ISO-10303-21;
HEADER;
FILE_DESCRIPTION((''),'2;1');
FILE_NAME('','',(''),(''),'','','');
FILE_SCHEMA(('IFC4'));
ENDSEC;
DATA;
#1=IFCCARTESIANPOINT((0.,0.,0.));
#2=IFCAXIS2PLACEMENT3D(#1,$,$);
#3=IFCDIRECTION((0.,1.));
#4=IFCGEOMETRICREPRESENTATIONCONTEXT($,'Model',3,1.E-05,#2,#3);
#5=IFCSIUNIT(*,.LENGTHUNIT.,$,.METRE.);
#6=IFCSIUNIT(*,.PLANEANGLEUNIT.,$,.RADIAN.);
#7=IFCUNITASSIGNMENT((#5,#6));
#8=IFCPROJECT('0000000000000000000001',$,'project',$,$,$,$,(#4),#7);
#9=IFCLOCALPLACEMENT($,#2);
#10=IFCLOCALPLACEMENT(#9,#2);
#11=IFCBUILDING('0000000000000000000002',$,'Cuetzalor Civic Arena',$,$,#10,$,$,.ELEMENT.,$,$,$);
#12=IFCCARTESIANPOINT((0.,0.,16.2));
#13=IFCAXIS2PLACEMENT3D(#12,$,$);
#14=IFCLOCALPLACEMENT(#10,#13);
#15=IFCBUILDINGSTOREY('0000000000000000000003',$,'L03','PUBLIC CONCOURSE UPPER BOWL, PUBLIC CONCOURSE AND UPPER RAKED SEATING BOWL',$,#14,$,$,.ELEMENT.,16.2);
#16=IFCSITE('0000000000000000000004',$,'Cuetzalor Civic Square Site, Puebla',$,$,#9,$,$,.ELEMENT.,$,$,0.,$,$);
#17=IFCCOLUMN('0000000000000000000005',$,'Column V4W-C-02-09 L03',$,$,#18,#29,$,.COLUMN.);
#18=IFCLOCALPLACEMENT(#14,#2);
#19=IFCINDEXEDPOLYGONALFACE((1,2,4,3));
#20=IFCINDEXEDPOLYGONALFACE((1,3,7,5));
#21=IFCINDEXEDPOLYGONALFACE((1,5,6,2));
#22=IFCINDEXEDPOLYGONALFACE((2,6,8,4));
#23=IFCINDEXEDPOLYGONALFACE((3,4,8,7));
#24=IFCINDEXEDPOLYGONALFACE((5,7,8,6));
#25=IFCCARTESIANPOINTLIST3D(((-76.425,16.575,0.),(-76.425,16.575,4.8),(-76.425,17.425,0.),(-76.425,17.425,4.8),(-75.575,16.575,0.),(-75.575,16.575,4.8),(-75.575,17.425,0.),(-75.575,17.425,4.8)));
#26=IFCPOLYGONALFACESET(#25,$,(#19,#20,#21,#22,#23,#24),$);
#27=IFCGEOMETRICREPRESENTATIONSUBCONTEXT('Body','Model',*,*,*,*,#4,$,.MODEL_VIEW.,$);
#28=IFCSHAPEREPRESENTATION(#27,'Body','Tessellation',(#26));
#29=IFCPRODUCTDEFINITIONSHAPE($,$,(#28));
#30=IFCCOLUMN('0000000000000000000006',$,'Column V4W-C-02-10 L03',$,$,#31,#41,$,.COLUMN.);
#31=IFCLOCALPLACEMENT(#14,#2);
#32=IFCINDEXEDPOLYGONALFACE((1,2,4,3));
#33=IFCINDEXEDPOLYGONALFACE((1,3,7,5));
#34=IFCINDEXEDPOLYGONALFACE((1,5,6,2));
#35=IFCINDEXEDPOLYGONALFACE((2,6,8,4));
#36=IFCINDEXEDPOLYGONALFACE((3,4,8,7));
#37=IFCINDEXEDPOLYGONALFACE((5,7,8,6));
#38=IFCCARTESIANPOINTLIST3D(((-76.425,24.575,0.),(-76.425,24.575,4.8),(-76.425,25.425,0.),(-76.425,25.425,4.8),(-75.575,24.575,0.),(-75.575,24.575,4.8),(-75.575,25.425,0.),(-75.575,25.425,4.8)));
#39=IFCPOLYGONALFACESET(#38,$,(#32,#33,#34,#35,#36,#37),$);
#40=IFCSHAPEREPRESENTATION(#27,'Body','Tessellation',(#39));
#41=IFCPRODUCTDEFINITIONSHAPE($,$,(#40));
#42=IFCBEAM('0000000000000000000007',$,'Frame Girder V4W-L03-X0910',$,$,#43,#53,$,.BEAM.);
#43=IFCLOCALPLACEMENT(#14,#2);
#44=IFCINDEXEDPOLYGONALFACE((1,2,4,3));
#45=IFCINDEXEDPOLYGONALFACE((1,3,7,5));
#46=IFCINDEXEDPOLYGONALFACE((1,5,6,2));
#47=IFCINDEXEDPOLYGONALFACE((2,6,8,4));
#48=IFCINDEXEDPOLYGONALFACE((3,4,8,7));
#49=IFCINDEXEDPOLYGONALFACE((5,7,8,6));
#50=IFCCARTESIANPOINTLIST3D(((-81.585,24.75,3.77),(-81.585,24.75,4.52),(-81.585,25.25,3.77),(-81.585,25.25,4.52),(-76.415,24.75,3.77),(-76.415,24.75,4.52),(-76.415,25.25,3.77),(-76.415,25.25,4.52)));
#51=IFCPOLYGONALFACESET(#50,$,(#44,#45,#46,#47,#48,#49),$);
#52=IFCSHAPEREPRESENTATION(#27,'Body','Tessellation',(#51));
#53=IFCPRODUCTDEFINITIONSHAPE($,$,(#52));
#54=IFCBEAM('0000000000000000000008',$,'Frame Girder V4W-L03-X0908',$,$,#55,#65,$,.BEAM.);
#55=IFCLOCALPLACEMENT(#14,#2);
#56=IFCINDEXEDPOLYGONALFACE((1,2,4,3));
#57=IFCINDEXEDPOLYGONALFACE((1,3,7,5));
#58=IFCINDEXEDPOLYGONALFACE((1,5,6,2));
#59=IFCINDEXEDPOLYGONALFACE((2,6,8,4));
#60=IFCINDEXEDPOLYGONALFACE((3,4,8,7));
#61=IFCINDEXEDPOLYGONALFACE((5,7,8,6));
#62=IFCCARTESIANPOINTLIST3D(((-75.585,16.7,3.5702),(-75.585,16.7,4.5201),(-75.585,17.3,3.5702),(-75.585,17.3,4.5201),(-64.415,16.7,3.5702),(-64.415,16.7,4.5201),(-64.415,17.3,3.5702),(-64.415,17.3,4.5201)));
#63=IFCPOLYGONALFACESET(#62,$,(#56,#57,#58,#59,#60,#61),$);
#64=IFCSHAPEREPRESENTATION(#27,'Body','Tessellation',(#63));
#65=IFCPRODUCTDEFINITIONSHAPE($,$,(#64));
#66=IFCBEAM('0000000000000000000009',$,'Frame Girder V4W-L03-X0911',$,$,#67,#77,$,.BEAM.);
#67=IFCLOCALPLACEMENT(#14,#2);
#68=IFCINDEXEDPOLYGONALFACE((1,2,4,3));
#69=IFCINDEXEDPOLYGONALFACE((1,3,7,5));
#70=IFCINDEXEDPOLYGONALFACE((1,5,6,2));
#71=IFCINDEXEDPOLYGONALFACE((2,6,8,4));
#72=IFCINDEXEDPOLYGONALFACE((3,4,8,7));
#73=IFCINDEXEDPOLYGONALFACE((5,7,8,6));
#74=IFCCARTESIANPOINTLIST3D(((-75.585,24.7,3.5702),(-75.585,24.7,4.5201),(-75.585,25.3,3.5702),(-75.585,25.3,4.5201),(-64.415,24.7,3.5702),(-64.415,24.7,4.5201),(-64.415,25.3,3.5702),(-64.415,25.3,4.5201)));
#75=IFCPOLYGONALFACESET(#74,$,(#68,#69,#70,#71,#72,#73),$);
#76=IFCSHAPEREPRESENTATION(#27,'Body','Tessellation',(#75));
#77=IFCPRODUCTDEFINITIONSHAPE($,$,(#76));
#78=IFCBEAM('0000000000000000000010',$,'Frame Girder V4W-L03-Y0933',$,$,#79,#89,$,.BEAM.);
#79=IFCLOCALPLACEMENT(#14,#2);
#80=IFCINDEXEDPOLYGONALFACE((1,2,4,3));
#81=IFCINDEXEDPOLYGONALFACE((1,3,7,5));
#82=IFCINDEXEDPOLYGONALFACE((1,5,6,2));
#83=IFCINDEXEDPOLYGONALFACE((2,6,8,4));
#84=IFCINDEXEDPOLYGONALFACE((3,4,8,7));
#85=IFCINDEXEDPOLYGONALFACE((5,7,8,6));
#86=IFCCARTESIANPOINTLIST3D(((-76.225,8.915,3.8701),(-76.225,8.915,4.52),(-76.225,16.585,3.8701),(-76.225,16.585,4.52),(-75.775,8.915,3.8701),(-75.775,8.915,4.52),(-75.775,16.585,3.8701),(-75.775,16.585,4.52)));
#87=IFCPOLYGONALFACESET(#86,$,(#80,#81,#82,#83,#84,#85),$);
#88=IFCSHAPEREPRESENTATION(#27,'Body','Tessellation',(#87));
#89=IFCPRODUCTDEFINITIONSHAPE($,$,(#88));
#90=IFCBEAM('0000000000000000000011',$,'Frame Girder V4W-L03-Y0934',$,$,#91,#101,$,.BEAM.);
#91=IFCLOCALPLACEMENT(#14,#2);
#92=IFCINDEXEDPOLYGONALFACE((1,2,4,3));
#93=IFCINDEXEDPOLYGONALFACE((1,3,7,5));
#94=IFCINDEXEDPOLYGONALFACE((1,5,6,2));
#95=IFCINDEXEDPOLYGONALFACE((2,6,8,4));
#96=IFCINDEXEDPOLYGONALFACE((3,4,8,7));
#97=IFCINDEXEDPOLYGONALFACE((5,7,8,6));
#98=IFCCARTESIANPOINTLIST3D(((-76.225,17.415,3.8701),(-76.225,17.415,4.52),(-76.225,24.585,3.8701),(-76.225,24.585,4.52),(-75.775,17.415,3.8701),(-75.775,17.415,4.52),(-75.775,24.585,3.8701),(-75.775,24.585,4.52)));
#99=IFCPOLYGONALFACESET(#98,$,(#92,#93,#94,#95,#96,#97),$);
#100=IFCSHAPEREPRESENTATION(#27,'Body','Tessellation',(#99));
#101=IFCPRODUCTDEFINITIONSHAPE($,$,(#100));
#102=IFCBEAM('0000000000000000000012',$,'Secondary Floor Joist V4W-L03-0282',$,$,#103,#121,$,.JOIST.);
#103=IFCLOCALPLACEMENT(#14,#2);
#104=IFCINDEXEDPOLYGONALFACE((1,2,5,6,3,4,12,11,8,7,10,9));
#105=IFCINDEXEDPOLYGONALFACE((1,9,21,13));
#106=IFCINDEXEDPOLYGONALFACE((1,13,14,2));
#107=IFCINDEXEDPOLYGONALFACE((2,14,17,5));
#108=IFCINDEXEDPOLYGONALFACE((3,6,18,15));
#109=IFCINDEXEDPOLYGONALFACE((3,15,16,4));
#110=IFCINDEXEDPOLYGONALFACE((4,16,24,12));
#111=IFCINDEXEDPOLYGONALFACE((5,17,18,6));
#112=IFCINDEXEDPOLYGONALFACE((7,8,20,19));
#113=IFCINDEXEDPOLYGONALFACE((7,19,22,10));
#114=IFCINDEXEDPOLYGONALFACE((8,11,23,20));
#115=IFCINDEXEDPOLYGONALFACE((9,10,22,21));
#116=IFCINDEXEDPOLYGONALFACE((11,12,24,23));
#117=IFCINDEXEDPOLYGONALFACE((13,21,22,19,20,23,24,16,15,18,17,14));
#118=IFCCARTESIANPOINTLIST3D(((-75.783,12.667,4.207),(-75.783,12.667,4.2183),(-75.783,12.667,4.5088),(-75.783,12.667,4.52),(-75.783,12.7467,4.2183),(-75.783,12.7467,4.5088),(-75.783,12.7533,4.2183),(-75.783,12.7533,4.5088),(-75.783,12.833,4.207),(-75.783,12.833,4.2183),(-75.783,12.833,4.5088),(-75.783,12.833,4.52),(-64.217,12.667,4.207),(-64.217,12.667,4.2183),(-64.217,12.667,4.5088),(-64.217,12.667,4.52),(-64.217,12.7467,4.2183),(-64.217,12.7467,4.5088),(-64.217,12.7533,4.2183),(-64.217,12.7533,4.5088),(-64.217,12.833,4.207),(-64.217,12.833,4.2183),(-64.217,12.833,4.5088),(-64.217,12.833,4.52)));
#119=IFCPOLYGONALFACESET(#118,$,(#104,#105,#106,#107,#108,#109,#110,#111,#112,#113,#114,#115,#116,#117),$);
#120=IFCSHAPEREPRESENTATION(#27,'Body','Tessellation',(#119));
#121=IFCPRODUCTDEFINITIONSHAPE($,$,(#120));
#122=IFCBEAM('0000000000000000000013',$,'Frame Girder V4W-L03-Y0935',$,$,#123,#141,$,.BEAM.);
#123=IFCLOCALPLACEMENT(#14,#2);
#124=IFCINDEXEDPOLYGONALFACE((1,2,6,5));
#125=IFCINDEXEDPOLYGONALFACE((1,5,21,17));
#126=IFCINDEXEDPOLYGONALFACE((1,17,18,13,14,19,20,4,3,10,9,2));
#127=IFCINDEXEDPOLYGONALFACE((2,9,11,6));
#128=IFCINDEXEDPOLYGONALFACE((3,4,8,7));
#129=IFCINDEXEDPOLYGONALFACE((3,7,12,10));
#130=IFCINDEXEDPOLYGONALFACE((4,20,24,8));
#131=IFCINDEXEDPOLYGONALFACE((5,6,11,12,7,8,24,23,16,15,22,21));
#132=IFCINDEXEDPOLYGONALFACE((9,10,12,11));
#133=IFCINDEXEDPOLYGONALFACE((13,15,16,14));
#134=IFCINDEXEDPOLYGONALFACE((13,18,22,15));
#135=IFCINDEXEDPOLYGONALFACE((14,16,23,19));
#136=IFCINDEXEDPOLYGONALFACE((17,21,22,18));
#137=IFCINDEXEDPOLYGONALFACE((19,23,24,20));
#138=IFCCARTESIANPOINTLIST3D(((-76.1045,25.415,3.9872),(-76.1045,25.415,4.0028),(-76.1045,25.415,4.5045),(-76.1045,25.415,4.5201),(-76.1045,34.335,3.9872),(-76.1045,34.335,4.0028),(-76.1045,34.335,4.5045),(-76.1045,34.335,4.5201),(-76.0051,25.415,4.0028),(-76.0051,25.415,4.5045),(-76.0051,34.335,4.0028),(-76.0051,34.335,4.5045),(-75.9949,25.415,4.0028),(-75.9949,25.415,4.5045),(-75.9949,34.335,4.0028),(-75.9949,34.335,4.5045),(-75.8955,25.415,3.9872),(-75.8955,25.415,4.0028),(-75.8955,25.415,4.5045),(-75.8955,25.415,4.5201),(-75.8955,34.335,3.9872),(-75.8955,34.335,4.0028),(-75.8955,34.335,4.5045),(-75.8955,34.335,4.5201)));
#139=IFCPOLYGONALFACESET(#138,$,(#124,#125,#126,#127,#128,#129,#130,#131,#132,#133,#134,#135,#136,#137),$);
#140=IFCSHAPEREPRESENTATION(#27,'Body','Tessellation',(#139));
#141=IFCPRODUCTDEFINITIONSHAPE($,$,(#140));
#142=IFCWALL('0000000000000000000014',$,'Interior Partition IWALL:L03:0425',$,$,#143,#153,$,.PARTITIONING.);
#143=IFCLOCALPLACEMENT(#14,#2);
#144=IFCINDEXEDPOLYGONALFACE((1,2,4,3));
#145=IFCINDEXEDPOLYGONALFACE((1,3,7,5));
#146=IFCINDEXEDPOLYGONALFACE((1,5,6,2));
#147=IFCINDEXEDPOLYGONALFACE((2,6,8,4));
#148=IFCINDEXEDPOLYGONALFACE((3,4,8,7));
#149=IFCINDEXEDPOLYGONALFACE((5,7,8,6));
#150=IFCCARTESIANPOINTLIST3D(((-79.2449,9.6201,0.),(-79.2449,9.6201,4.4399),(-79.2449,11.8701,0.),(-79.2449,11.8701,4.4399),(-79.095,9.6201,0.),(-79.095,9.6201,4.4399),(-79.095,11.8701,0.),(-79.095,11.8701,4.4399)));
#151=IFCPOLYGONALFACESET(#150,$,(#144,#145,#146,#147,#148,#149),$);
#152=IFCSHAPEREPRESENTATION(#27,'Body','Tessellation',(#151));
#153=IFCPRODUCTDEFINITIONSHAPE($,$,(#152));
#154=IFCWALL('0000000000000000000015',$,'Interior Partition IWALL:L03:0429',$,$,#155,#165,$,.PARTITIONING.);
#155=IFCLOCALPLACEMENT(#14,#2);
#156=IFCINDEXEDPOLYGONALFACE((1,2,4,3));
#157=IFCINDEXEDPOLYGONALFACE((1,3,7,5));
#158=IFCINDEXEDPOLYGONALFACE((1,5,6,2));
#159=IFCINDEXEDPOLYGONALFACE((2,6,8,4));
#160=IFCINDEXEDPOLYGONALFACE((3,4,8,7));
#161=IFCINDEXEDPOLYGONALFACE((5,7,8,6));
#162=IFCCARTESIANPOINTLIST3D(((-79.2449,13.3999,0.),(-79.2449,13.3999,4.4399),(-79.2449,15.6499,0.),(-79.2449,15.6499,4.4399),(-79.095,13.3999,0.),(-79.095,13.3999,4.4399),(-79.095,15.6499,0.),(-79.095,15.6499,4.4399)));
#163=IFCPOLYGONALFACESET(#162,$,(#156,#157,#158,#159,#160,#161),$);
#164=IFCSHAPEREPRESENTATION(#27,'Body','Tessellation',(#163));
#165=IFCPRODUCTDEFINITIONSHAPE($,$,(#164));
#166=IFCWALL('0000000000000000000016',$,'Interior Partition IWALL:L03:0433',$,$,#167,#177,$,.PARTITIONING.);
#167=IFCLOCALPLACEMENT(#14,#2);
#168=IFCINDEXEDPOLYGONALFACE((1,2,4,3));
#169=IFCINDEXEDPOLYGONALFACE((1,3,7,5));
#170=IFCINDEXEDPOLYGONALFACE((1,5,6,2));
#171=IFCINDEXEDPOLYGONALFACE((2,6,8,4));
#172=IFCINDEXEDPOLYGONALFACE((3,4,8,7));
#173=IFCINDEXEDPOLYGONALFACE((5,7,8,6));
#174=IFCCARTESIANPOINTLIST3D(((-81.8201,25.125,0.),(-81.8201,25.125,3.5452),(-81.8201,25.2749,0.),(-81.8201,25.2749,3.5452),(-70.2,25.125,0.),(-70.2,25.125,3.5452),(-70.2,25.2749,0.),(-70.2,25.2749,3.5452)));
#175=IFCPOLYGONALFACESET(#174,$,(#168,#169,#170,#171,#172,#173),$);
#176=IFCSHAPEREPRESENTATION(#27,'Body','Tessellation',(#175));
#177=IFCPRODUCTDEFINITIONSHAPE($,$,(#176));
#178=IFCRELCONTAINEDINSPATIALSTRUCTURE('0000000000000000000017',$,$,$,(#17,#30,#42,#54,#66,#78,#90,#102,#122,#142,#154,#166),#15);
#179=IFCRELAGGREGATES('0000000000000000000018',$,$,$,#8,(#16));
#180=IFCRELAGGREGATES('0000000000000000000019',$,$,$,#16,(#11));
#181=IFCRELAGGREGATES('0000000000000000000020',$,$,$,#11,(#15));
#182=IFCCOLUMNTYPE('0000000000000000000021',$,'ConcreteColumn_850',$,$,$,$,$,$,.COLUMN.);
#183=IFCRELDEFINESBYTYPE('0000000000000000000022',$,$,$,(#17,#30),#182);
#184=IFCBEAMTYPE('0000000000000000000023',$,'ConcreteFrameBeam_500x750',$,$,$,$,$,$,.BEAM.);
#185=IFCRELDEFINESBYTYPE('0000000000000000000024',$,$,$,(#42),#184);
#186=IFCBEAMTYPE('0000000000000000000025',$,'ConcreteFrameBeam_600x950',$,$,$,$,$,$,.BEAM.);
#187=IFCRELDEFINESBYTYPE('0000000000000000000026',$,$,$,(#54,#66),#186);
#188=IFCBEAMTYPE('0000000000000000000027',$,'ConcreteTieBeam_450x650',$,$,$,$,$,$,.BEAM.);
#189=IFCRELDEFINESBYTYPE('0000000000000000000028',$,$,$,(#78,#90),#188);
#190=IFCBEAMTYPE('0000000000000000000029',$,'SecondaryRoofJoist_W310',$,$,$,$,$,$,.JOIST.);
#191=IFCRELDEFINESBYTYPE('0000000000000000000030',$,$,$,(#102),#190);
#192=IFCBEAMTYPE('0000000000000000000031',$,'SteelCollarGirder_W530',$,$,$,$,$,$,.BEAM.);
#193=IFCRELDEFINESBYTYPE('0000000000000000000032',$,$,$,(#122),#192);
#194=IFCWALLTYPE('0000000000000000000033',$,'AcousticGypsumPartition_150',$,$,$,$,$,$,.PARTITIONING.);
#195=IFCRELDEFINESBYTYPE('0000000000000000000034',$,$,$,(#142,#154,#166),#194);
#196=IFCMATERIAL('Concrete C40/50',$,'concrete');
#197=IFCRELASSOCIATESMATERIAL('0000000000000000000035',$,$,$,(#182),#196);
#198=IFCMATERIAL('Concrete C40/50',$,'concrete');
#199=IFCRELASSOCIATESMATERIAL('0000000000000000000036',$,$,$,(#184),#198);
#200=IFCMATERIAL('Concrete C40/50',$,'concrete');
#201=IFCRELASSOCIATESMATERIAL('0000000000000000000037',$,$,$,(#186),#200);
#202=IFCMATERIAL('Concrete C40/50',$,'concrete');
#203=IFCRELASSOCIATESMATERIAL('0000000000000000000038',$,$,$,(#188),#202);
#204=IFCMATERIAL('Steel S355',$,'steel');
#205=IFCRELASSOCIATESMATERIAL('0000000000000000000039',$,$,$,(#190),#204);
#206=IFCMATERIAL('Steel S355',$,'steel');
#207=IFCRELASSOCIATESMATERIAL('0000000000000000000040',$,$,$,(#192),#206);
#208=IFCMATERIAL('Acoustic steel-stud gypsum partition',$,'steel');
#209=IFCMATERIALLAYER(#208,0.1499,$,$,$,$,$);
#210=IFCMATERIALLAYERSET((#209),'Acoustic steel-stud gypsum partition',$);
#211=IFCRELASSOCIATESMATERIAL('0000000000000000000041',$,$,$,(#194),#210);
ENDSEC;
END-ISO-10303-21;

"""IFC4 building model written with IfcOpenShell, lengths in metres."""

from ifc_helpers import new_model, si_unit, direction, frame, frame_2d, origin, origin_2d, place, context, subcontext, project, spatial, rectangle, i_section, extrude, material, layer, layer_set, material_profile, profile_set, type_object, element, save


model = new_model("IFC4")

# Units and contexts
model_context = context("Model", 3, precision=1e-05, world=origin(), true_north=direction((0.0, 1.0)))
body_context = subcontext(model_context, "Body", "Model", "MODEL_VIEW")
ifc_project = project(units=[si_unit("LENGTHUNIT", "METRE"), si_unit("PLANEANGLEUNIT", "RADIAN")], contexts=[model_context])

# Site, building, storey
site_placement = place(None, origin())
site = spatial("IfcSite", under=ifc_project, at=site_placement, Name="Cuetzalor Civic Square Site, Puebla", CompositionType="ELEMENT", RefElevation=0.0)
building_placement = place(site_placement, origin())
building = spatial("IfcBuilding", under=site, at=building_placement, Name="Cuetzalor Civic Arena", CompositionType="ELEMENT")
storey_placement = place(building_placement, frame((0.0, 0.0, 16.2)))
storey = spatial("IfcBuildingStorey", under=building, at=storey_placement, Name="L03", Description="PUBLIC CONCOURSE UPPER BOWL, PUBLIC CONCOURSE AND UPPER RAKED SEATING BOWL", CompositionType="ELEMENT", Elevation=16.2)

# Columns
ifc_material_1 = material(Name="Concrete C40/50", Category="concrete")
ifc_material_profile_1 = material_profile(ifc_material_1, rectangle(XDim=0.8501, YDim=0.8501, at=origin_2d()), Name="RC 850x850")
ifc_profile_set_1 = profile_set([ifc_material_profile_1], Name="Concrete C40/50")
column_type = type_object("IfcColumnType", Name="ConcreteColumn_850", PredefinedType="COLUMN", material=ifc_profile_set_1)
for number, where, z_axis, x_axis, name in (
    (1, (-76.0, 17.0, 0.0), (0.0, 0.0, 1.0), (1.0, 0.0, 0.0), "Column V4W-C-02-09 L03"),
    (2, (-76.0, 25.0, 0.0), (0.0, 0.0, 1.0), (1.0, 0.0, 0.0), "Column V4W-C-02-10 L03"),
):
    element("IfcColumn", number, at=place(storey_placement, frame(where, z_axis=z_axis, x_axis=x_axis)), inside=storey, type_object=column_type, Name=name, PredefinedType="COLUMN", context=body_context, shape_type="SweptSolid", body=[
        extrude(rectangle(XDim=0.8501, YDim=0.8501, at=origin_2d()), origin(), (0.0, 0.0, 1.0), 4.8),
    ])

# Beams
ifc_material_2 = material(Name="Concrete C40/50", Category="concrete")
ifc_material_profile_2 = material_profile(ifc_material_2, rectangle(XDim=0.5, YDim=0.75, at=origin_2d()), Name="RC 500x750")
ifc_profile_set_2 = profile_set([ifc_material_profile_2], Name="Concrete C40/50")
beam_type_1 = type_object("IfcBeamType", Name="ConcreteFrameBeam_500x750", PredefinedType="BEAM", material=ifc_profile_set_2)
beam_1_placement = place(storey_placement, frame((-81.585, 25.0, 4.145), z_axis=(1.0, 0.0, 0.0), x_axis=(0.0, 1.0, 0.0)))
element("IfcBeam", 3, at=beam_1_placement, inside=storey, type_object=beam_type_1, Name="Frame Girder V4W-L03-X0910", PredefinedType="BEAM", context=body_context, shape_type="SweptSolid", body=[
    extrude(rectangle(XDim=0.5, YDim=0.75, at=origin_2d()), origin(), (0.0, 0.0, 1.0), 5.1699),
])
ifc_material_3 = material(Name="Concrete C40/50", Category="concrete")
ifc_material_profile_3 = material_profile(ifc_material_3, rectangle(XDim=0.6001, YDim=0.95, at=origin_2d()), Name="RC 600x950")
ifc_profile_set_3 = profile_set([ifc_material_profile_3], Name="Concrete C40/50")
beam_type_2 = type_object("IfcBeamType", Name="ConcreteFrameBeam_600x950", PredefinedType="BEAM", material=ifc_profile_set_3)
for number, where, z_axis, x_axis, name in (
    (4, (-75.585, 17.0, 4.0452), (1.0, 0.0, 0.0), (0.0, 1.0, 0.0), "Frame Girder V4W-L03-X0908"),
    (5, (-75.585, 25.0, 4.0452), (1.0, 0.0, 0.0), (0.0, 1.0, 0.0), "Frame Girder V4W-L03-X0911"),
):
    element("IfcBeam", number, at=place(storey_placement, frame(where, z_axis=z_axis, x_axis=x_axis)), inside=storey, type_object=beam_type_2, Name=name, PredefinedType="BEAM", context=body_context, shape_type="SweptSolid", body=[
        extrude(rectangle(XDim=0.6001, YDim=0.95, at=origin_2d()), origin(), (0.0, 0.0, 1.0), 11.1699),
    ])
ifc_material_4 = material(Name="Concrete C40/50", Category="concrete")
ifc_material_profile_4 = material_profile(ifc_material_4, rectangle(XDim=0.45, YDim=0.6499, at=origin_2d()), Name="RC 450x650")
ifc_profile_set_4 = profile_set([ifc_material_profile_4], Name="Concrete C40/50")
beam_type_3 = type_object("IfcBeamType", Name="ConcreteTieBeam_450x650", PredefinedType="BEAM", material=ifc_profile_set_4)
beam_2_placement = place(storey_placement, frame((-76.0, 8.915, 4.1951), z_axis=(0.0, 1.0, 0.0), x_axis=(-1.0, 0.0, 0.0)))
element("IfcBeam", 6, at=beam_2_placement, inside=storey, type_object=beam_type_3, Name="Frame Girder V4W-L03-Y0933", PredefinedType="BEAM", context=body_context, shape_type="SweptSolid", body=[
    extrude(rectangle(XDim=0.45, YDim=0.6499, at=origin_2d()), origin(), (0.0, 0.0, 1.0), 7.6699),
])
beam_3_placement = place(storey_placement, frame((-76.0, 17.415, 4.1951), z_axis=(0.0, 1.0, 0.0), x_axis=(-1.0, 0.0, 0.0)))
element("IfcBeam", 7, at=beam_3_placement, inside=storey, type_object=beam_type_3, Name="Frame Girder V4W-L03-Y0934", PredefinedType="BEAM", context=body_context, shape_type="SweptSolid", body=[
    extrude(rectangle(XDim=0.45, YDim=0.6499, at=origin_2d()), origin(), (0.0, 0.0, 1.0), 7.1699),
])
ifc_material_5 = material(Name="Steel S355", Category="steel")
ifc_material_profile_5 = material_profile(ifc_material_5, i_section(OverallWidth=0.166, OverallDepth=0.313, WebThickness=0.0066, FlangeThickness=0.0112, at=origin_2d()), Name="W310x45")
ifc_profile_set_5 = profile_set([ifc_material_profile_5], Name="Steel S355")
beam_type_4 = type_object("IfcBeamType", Name="SecondaryRoofJoist_W310", PredefinedType="JOIST", material=ifc_profile_set_5)
beam_4_placement = place(storey_placement, frame((-75.783, 12.75, 4.3635), z_axis=(1.0, 0.0, 0.0), x_axis=(0.0, 1.0, 0.0)))
element("IfcBeam", 8, at=beam_4_placement, inside=storey, type_object=beam_type_4, Name="Secondary Floor Joist V4W-L03-0282", PredefinedType="JOIST", context=body_context, shape_type="SweptSolid", body=[
    extrude(i_section(OverallWidth=0.166, OverallDepth=0.313, WebThickness=0.0066, FlangeThickness=0.0112, at=origin_2d()), origin(), (0.0, 0.0, 1.0), 11.5659),
])
ifc_material_6 = material(Name="Steel S355", Category="steel")
ifc_material_profile_6 = material_profile(ifc_material_6, i_section(OverallWidth=0.209, OverallDepth=0.533, WebThickness=0.0103, FlangeThickness=0.0156, at=origin_2d()), Name="W530x92")
ifc_profile_set_6 = profile_set([ifc_material_profile_6], Name="Steel S355")
beam_type_5 = type_object("IfcBeamType", Name="SteelCollarGirder_W530", PredefinedType="BEAM", material=ifc_profile_set_6)
beam_5_placement = place(storey_placement, frame((-76.0, 25.415, 4.2537), z_axis=(0.0, 1.0, 0.0), x_axis=(-1.0, 0.0, 0.0)))
element("IfcBeam", 9, at=beam_5_placement, inside=storey, type_object=beam_type_5, Name="Frame Girder V4W-L03-Y0935", PredefinedType="BEAM", context=body_context, shape_type="SweptSolid", body=[
    extrude(i_section(OverallWidth=0.209, OverallDepth=0.533, WebThickness=0.0103, FlangeThickness=0.0156, at=origin_2d()), origin(), (0.0, 0.0, 1.0), 8.9199),
])

# Walls
ifc_material_7 = material(Name="Acoustic steel-stud gypsum partition", Category="steel")
ifc_layer_1 = layer(ifc_material_7, 0.1499)
ifc_layer_set_1 = layer_set([ifc_layer_1], Name="Acoustic steel-stud gypsum partition")
wall_type_1 = type_object("IfcWallType", Name="AcousticGypsumPartition_150", PredefinedType="PARTITIONING", material=ifc_layer_set_1)
for number, where, z_axis, x_axis, name in (
    (10, (-79.1699, 11.8701, 0.0), (0.0, 0.0, 1.0), (0.0, -1.0, 0.0), "Interior Partition IWALL:L03:0425"),
    (11, (-79.1699, 15.6499, 0.0), (0.0, 0.0, 1.0), (0.0, -1.0, 0.0), "Interior Partition IWALL:L03:0429"),
):
    element("IfcWall", number, at=place(storey_placement, frame(where, z_axis=z_axis, x_axis=x_axis)), inside=storey, type_object=wall_type_1, Name=name, PredefinedType="PARTITIONING", context=body_context, shape_type="SweptSolid", body=[
        extrude(rectangle(XDim=2.25, YDim=0.1499, at=frame_2d((1.125, 0.0))), origin(), (0.0, 0.0, 1.0), 4.4399),
    ])
wall_1_placement = place(storey_placement, frame((-70.2, 25.2, 0.0), z_axis=(0.0, 0.0, 1.0), x_axis=(-1.0, 0.0, 0.0)))
element("IfcWall", 12, at=wall_1_placement, inside=storey, type_object=wall_type_1, Name="Interior Partition IWALL:L03:0433", PredefinedType="PARTITIONING", context=body_context, shape_type="SweptSolid", body=[
    extrude(rectangle(XDim=11.6201, YDim=0.1499, at=frame_2d((5.8101, 0.0))), origin(), (0.0, 0.0, 1.0), 3.5452),
])

save(model, "model.ifc")
